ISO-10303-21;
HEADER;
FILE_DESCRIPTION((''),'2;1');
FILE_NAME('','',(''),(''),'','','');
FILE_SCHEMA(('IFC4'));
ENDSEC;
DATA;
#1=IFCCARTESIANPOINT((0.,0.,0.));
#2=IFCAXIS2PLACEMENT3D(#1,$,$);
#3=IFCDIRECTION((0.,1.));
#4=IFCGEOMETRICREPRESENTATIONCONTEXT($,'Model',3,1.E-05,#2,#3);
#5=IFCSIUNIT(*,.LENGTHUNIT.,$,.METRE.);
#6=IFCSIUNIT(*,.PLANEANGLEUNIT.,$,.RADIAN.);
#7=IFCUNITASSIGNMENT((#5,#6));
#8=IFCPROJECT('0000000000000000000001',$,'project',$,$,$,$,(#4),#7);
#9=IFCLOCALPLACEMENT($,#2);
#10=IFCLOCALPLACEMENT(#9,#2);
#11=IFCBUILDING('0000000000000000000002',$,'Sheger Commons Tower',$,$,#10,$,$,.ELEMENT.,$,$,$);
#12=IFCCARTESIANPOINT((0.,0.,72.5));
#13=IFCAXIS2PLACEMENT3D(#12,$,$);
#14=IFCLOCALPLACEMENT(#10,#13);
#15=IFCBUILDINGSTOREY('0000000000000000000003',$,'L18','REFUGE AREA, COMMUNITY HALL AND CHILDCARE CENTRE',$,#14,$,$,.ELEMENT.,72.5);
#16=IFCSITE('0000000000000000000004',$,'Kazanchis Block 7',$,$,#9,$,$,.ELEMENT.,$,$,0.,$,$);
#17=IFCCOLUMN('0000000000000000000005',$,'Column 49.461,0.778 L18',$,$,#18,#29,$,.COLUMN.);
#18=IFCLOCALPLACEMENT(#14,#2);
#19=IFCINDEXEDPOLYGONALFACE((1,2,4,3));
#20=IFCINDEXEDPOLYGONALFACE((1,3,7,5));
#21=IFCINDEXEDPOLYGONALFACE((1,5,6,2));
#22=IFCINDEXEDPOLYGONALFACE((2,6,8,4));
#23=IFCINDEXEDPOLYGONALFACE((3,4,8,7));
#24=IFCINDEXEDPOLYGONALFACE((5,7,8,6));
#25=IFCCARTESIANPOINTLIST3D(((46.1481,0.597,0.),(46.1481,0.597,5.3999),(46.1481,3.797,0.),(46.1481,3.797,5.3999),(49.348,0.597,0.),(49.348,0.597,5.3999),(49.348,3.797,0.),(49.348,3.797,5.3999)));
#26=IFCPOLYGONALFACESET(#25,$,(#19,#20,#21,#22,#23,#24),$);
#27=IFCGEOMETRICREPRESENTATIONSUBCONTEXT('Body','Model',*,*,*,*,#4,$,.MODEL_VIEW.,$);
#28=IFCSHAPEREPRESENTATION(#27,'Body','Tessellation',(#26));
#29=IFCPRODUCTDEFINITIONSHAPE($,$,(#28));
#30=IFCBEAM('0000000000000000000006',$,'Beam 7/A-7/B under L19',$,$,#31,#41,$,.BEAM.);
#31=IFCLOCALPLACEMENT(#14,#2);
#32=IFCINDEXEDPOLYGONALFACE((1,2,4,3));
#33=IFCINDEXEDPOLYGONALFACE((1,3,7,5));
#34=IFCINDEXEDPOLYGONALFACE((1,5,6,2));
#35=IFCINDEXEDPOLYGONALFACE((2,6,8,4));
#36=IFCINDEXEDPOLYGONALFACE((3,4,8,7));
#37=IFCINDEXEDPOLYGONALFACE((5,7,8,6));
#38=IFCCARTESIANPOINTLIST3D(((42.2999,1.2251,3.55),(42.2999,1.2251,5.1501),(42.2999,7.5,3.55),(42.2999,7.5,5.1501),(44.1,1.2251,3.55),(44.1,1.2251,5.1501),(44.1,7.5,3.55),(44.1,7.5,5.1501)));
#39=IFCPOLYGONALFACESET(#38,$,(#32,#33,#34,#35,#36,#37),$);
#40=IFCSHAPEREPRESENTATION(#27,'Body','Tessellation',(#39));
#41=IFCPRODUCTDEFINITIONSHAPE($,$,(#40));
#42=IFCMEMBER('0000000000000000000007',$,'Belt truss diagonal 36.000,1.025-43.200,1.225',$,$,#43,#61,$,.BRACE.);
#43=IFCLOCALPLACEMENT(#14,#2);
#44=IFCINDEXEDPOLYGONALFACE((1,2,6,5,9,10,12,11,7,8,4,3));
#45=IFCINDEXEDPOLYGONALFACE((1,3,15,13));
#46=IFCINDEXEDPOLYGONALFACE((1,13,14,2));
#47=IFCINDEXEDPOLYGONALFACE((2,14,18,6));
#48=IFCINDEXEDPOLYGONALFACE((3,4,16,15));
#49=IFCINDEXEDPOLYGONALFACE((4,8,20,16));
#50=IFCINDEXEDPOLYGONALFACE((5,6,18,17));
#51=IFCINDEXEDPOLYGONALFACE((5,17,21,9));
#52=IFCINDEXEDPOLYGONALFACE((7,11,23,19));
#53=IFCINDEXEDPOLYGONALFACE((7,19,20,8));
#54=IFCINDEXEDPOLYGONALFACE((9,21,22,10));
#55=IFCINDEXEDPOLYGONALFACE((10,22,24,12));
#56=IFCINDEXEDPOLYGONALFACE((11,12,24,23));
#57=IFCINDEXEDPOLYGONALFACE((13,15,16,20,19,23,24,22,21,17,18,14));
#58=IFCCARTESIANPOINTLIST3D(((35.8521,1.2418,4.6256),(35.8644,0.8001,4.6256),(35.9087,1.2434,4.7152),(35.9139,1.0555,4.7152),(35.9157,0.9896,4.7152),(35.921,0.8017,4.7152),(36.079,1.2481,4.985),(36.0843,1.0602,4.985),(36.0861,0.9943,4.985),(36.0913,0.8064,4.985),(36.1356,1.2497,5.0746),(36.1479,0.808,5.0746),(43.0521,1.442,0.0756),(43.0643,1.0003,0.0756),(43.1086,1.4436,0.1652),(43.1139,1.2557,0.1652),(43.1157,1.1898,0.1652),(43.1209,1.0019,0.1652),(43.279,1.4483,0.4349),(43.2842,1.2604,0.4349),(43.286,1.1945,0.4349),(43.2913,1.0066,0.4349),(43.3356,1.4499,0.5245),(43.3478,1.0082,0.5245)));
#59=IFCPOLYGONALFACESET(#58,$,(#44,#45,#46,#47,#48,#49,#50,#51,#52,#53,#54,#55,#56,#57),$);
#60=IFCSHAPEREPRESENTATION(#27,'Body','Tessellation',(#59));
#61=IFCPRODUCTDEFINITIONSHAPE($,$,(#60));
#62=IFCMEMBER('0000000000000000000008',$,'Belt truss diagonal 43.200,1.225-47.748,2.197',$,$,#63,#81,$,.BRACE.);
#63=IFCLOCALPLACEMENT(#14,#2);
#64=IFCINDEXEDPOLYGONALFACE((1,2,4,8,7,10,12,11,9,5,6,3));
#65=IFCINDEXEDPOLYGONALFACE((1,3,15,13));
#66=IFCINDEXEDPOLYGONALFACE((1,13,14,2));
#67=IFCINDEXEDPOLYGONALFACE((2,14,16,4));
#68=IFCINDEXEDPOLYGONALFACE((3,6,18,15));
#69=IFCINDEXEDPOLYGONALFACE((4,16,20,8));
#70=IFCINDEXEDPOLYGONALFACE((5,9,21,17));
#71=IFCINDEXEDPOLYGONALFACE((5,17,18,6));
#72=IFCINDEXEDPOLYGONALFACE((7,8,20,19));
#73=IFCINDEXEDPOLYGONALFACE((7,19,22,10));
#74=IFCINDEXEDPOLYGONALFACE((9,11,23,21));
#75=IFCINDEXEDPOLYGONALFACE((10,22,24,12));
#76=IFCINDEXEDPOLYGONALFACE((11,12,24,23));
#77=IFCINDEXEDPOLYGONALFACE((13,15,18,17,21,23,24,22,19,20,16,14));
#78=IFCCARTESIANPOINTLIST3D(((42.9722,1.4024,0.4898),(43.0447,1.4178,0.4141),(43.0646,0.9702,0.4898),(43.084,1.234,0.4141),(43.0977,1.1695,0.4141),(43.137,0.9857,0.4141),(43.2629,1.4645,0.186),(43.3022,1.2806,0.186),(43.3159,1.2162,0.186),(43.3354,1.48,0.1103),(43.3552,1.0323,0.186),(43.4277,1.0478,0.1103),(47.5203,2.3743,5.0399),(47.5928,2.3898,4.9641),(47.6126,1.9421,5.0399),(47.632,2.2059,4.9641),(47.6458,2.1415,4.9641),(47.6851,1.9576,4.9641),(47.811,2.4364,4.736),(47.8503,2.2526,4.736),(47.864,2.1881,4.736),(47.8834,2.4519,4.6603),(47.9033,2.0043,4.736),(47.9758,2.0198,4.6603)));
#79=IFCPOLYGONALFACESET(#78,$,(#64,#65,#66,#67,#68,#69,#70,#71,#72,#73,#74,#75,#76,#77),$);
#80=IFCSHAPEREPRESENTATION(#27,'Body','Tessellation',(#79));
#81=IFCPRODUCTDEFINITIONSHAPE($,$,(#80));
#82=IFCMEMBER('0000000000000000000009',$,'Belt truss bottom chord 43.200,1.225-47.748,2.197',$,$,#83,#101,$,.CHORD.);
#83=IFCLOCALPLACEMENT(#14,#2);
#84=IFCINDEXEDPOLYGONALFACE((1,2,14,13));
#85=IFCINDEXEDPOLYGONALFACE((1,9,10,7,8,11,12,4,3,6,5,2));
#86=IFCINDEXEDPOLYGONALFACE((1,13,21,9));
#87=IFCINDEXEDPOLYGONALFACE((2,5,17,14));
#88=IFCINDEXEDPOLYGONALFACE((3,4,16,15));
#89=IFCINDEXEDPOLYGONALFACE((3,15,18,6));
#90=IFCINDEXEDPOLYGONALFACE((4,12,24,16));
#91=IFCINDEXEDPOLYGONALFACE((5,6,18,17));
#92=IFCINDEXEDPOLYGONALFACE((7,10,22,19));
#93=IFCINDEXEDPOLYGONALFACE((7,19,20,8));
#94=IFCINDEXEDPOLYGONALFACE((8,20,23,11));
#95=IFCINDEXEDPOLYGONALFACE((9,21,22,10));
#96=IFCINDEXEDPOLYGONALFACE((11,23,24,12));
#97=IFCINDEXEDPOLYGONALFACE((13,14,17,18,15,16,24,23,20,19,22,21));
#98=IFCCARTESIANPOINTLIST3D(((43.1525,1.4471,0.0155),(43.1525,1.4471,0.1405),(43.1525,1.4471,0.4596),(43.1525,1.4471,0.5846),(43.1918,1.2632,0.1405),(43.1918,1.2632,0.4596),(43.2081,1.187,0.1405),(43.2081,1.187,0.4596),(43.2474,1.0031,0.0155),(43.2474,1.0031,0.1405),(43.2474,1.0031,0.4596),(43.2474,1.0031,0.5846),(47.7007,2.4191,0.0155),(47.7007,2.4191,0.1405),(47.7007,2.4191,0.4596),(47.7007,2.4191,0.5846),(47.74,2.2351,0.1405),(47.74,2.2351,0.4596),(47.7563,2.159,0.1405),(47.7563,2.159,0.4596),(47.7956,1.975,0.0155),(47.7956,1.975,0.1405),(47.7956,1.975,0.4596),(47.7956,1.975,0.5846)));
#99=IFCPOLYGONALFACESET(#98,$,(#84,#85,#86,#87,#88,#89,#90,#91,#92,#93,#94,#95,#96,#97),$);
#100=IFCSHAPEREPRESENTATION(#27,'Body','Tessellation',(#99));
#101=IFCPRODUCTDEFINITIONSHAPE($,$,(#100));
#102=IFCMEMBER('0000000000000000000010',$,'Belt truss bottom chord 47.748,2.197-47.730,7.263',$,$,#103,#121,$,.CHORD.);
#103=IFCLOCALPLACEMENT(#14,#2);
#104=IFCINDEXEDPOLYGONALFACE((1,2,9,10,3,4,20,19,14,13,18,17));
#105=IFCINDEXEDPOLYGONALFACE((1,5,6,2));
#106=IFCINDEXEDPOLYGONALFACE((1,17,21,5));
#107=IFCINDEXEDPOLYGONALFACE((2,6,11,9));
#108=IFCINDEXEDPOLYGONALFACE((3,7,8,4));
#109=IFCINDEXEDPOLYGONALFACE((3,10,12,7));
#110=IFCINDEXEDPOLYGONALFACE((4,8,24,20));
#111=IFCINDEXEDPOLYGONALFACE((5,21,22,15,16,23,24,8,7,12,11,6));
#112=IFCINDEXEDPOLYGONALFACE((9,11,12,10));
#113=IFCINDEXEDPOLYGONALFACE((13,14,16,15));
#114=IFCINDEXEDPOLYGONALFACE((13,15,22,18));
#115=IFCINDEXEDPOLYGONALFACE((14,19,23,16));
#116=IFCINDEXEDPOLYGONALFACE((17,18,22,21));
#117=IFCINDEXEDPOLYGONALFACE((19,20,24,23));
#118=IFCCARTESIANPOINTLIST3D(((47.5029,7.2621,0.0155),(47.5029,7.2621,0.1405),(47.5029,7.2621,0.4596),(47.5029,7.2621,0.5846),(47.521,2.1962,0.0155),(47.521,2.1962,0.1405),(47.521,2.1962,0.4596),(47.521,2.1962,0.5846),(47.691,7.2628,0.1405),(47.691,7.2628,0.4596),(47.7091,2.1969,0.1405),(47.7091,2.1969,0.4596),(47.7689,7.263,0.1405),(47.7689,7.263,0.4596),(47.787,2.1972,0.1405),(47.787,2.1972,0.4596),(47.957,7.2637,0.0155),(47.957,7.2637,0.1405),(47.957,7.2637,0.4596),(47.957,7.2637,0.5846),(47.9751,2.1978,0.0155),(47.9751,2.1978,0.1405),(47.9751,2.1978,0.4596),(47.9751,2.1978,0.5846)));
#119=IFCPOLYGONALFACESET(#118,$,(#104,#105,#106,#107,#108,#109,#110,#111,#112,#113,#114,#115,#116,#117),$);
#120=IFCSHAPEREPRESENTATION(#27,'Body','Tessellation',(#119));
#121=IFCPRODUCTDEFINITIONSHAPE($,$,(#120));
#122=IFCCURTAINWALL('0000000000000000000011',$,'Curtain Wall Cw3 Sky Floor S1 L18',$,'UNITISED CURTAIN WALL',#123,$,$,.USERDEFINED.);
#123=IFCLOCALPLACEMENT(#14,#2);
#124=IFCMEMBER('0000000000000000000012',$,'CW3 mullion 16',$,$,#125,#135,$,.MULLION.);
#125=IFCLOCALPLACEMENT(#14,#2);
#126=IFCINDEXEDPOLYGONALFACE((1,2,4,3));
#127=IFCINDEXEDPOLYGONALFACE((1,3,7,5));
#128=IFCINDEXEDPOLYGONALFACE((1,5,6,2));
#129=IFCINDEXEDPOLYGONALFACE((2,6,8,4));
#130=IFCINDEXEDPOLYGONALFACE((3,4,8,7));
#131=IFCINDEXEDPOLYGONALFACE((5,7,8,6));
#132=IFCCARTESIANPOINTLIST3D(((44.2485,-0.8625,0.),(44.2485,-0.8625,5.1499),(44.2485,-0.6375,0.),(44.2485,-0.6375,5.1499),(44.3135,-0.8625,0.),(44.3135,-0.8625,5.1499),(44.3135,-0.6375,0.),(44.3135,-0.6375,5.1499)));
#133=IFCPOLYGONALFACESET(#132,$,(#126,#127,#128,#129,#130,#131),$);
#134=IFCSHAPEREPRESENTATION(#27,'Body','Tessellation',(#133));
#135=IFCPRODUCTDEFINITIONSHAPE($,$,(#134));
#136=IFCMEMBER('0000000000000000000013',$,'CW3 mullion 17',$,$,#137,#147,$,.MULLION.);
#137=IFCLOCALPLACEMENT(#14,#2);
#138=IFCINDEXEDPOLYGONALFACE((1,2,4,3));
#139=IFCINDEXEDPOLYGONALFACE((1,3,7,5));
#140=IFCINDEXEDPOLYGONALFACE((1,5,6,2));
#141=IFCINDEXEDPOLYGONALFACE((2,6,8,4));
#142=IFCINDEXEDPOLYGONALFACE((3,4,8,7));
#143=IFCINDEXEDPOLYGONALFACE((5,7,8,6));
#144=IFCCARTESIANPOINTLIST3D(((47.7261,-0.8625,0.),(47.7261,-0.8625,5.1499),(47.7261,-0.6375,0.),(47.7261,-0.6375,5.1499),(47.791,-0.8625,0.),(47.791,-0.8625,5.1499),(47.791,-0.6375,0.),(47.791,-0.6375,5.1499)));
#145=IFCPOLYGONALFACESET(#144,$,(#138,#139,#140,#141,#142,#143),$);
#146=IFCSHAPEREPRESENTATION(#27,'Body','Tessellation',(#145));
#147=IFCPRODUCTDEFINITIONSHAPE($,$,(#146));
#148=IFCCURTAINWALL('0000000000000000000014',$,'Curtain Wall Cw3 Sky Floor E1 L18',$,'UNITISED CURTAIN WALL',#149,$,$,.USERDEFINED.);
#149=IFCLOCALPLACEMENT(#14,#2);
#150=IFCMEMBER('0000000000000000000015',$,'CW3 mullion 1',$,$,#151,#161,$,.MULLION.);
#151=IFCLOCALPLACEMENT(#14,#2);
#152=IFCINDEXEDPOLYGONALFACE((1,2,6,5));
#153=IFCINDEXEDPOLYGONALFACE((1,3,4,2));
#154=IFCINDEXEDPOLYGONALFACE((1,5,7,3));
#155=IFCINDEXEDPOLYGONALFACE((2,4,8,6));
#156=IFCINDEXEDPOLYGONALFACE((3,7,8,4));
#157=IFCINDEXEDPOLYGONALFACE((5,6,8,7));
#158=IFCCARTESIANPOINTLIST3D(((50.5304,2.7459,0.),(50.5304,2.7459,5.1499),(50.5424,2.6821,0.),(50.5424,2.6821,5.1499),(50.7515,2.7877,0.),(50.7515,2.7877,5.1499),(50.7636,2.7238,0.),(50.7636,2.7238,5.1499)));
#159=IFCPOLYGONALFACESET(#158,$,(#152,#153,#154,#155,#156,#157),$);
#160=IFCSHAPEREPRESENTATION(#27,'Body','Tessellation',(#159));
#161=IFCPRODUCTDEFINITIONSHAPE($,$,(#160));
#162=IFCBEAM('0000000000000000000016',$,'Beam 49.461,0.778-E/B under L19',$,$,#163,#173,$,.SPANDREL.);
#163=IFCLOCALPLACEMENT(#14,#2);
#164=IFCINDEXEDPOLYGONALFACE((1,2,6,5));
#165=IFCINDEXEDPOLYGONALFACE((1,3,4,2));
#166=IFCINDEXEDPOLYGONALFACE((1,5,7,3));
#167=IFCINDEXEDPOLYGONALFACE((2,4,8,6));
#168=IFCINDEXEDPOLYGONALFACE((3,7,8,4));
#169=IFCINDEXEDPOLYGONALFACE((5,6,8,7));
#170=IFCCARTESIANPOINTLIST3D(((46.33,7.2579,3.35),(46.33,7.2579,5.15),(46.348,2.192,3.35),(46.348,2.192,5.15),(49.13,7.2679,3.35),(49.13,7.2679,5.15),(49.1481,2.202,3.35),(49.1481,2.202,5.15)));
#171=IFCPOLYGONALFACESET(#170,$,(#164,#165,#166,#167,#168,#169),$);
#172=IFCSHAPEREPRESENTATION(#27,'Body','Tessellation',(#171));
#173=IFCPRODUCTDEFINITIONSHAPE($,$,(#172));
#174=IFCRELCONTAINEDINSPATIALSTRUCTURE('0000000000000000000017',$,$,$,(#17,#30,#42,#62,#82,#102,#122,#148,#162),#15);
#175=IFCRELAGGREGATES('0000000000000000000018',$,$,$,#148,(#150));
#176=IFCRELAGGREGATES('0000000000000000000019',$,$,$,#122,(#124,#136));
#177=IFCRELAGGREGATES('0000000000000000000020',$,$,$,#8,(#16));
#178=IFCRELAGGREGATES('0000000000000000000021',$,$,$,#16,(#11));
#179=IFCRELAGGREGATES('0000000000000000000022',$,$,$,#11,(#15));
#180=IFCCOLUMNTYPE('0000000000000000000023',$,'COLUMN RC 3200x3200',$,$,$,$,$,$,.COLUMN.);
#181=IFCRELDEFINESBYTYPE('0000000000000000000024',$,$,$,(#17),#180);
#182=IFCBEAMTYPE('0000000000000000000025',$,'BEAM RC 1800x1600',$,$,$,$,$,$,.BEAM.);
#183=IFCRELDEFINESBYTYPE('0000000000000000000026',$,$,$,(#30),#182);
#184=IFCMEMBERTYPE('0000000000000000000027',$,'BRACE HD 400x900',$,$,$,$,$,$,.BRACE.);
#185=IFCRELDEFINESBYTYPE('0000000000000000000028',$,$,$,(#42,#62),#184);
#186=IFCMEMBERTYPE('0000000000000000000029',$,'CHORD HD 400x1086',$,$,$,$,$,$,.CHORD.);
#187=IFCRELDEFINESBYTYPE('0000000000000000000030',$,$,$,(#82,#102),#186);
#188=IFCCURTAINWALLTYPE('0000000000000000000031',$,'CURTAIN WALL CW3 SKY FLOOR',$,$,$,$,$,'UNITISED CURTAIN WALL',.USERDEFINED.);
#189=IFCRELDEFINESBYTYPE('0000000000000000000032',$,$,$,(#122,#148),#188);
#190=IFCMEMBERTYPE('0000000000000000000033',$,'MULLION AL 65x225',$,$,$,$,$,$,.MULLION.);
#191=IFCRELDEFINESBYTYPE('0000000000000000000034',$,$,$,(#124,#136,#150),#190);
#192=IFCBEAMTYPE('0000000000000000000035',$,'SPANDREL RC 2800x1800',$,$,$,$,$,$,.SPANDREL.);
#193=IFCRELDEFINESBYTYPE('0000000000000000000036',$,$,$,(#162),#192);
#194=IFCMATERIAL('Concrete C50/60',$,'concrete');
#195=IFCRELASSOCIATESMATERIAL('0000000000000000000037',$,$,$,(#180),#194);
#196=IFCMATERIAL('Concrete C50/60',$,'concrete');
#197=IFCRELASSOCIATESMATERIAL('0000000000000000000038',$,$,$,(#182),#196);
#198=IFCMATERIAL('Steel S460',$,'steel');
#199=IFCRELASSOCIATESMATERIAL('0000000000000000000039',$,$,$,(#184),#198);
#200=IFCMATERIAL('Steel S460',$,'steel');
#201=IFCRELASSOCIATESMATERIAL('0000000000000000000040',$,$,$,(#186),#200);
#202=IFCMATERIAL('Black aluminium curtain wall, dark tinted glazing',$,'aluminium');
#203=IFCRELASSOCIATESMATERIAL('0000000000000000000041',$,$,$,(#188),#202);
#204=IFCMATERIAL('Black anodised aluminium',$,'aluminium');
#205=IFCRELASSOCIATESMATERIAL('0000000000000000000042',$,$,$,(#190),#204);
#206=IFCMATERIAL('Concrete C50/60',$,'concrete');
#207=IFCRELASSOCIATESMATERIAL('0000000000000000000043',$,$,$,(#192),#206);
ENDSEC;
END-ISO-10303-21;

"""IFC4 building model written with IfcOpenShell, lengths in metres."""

from ifc_helpers import new_model, si_unit, direction, frame, origin, origin_2d, place, context, subcontext, project, spatial, rectangle, i_section, extrude, material, material_profile, profile_set, type_object, element, aggregate, save


model = new_model("IFC4")

# Units and contexts
model_context = context("Model", 3, precision=1e-05, world=origin(), true_north=direction((0.0, 1.0)))
body_context = subcontext(model_context, "Body", "Model", "MODEL_VIEW")
ifc_project = project(units=[si_unit("LENGTHUNIT", "METRE"), si_unit("PLANEANGLEUNIT", "RADIAN")], contexts=[model_context])

# Site, building, storey
site_placement = place(None, origin())
site = spatial("IfcSite", under=ifc_project, at=site_placement, Name="Kazanchis Block 7", CompositionType="ELEMENT", RefElevation=0.0)
building_placement = place(site_placement, origin())
building = spatial("IfcBuilding", under=site, at=building_placement, Name="Sheger Commons Tower", CompositionType="ELEMENT")
storey_placement = place(building_placement, frame((0.0, 0.0, 72.5)))
storey = spatial("IfcBuildingStorey", under=building, at=storey_placement, Name="L18", Description="REFUGE AREA, COMMUNITY HALL AND CHILDCARE CENTRE", CompositionType="ELEMENT", Elevation=72.5)

# Column
ifc_material_1 = material(Name="Concrete C50/60", Category="concrete")
ifc_material_profile_1 = material_profile(ifc_material_1, rectangle(XDim=3.2, YDim=3.2, at=origin_2d()), Name="RC 3200x3200")
ifc_profile_set_1 = profile_set([ifc_material_profile_1], Name="Concrete C50/60")
column_type = type_object("IfcColumnType", Name="COLUMN RC 3200x3200", PredefinedType="COLUMN", material=ifc_profile_set_1)
column_placement = place(storey_placement, frame((47.748, 2.197, 0.0), z_axis=(0.0, 0.0, 1.0), x_axis=(1.0, 0.0, 0.0)))
element("IfcColumn", 1, at=column_placement, inside=storey, type_object=column_type, Name="Column 49.461,0.778 L18", PredefinedType="COLUMN", context=body_context, shape_type="SweptSolid", body=[
    extrude(rectangle(XDim=3.2, YDim=3.2, at=origin_2d()), origin(), (0.0, 0.0, 1.0), 5.3999),
])

# Beam
ifc_material_2 = material(Name="Concrete C50/60", Category="concrete")
ifc_material_profile_2 = material_profile(ifc_material_2, rectangle(XDim=1.8, YDim=1.6001, at=origin_2d()), Name="RC 1800x1600")
ifc_profile_set_2 = profile_set([ifc_material_profile_2], Name="Concrete C50/60")
beam_type_1 = type_object("IfcBeamType", Name="BEAM RC 1800x1600", PredefinedType="BEAM", material=ifc_profile_set_2)
beam_1_placement = place(storey_placement, frame((43.2, 1.2251, 4.3501), z_axis=(0.0, 1.0, 0.0), x_axis=(-1.0, 0.0, 0.0)))
element("IfcBeam", 2, at=beam_1_placement, inside=storey, type_object=beam_type_1, Name="Beam 7/A-7/B under L19", PredefinedType="BEAM", context=body_context, shape_type="SweptSolid", body=[
    extrude(rectangle(XDim=1.8, YDim=1.6001, at=origin_2d()), origin(), (0.0, 0.0, 1.0), 6.2749),
])

# Members
ifc_material_3 = material(Name="Steel S460", Category="steel")
ifc_material_profile_3 = material_profile(ifc_material_3, i_section(OverallWidth=0.4419, OverallDepth=0.531, WebThickness=0.0659, FlangeThickness=0.106, at=origin_2d()), Name="HD 400x900")
ifc_profile_set_3 = profile_set([ifc_material_profile_3], Name="Steel S460")
member_type_1 = type_object("IfcMemberType", Name="BRACE HD 400x900", PredefinedType="BRACE", material=ifc_profile_set_3)
member_1_placement = place(storey_placement, frame((43.2, 1.2251, 0.3), z_axis=(-0.845112, -0.023498, 0.534073), x_axis=(0.027794, -0.999614, 0.0)))
element("IfcMember", 3, at=member_1_placement, inside=storey, type_object=member_type_1, Name="Belt truss diagonal 36.000,1.025-43.200,1.225", PredefinedType="BRACE", context=body_context, shape_type="SweptSolid", body=[
    extrude(i_section(OverallWidth=0.4419, OverallDepth=0.531, WebThickness=0.0659, FlangeThickness=0.106, at=origin_2d()), origin(), (0.0, 0.0, 1.0), 8.5195),
])
member_2_placement = place(storey_placement, frame((43.2, 1.2251, 0.3), z_axis=(0.699023, 0.149381, 0.699323), x_axis=(-0.208981, 0.97792, 0.0)))
element("IfcMember", 4, at=member_2_placement, inside=storey, type_object=member_type_1, Name="Belt truss diagonal 43.200,1.225-47.748,2.197", PredefinedType="BRACE", context=body_context, shape_type="SweptSolid", body=[
    extrude(i_section(OverallWidth=0.4419, OverallDepth=0.531, WebThickness=0.0659, FlangeThickness=0.106, at=origin_2d()), origin(), (0.0, 0.0, 1.0), 6.5063),
])
ifc_material_4 = material(Name="Steel S460", Category="steel")
ifc_material_profile_4 = material_profile(ifc_material_4, i_section(OverallWidth=0.4541, OverallDepth=0.5691, WebThickness=0.0779, FlangeThickness=0.125, at=origin_2d()), Name="HD 400x1086")
ifc_profile_set_4 = profile_set([ifc_material_profile_4], Name="Steel S460")
member_type_2 = type_object("IfcMemberType", Name="CHORD HD 400x1086", PredefinedType="CHORD", material=ifc_profile_set_4)
member_3_placement = place(storey_placement, frame((43.2, 1.2251, 0.3), z_axis=(0.97792, 0.208981, 0.0), x_axis=(-0.208981, 0.97792, 0.0)))
element("IfcMember", 5, at=member_3_placement, inside=storey, type_object=member_type_2, Name="Belt truss bottom chord 43.200,1.225-47.748,2.197", PredefinedType="CHORD", context=body_context, shape_type="SweptSolid", body=[
    extrude(i_section(OverallWidth=0.4541, OverallDepth=0.5691, WebThickness=0.0779, FlangeThickness=0.125, at=origin_2d()), origin(), (0.0, 0.0, 1.0), 4.6509),
])
member_4_placement = place(storey_placement, frame((47.748, 2.197, 0.3), z_axis=(-0.003566, 0.999994, 0.0), x_axis=(-0.999994, -0.003566, 0.0)))
element("IfcMember", 6, at=member_4_placement, inside=storey, type_object=member_type_2, Name="Belt truss bottom chord 47.748,2.197-47.730,7.263", PredefinedType="CHORD", context=body_context, shape_type="SweptSolid", body=[
    extrude(i_section(OverallWidth=0.4541, OverallDepth=0.5691, WebThickness=0.0779, FlangeThickness=0.125, at=origin_2d()), origin(), (0.0, 0.0, 1.0), 5.0659),
])

# Curtain wall, members
ifc_material_5 = material(Name="Black aluminium curtain wall, dark tinted glazing", Category="aluminium")
curtain_wall_type = type_object("IfcCurtainWallType", Name="CURTAIN WALL CW3 SKY FLOOR", ElementType="UNITISED CURTAIN WALL", PredefinedType="USERDEFINED", material=ifc_material_5)
curtain_wall_1_placement = place(storey_placement, origin())
curtain_wall_1 = element("IfcCurtainWall", 7, at=curtain_wall_1_placement, inside=storey, type_object=curtain_wall_type, Name="Curtain Wall Cw3 Sky Floor S1 L18", ObjectType="UNITISED CURTAIN WALL", PredefinedType="USERDEFINED")
ifc_material_6 = material(Name="Black anodised aluminium", Category="aluminium")
ifc_material_profile_5 = material_profile(ifc_material_6, rectangle(XDim=0.2251, YDim=0.0649, at=origin_2d()), Name="AL 65x225")
ifc_profile_set_5 = profile_set([ifc_material_profile_5], Name="Black anodised aluminium")
member_type_3 = type_object("IfcMemberType", Name="MULLION AL 65x225", PredefinedType="MULLION", material=ifc_profile_set_5)
member_5_placement = place(storey_placement, frame((44.281, -0.75, 0.0), z_axis=(0.0, 0.0, 1.0), x_axis=(0.0, 1.0, 0.0)))
member_5 = element("IfcMember", 8, at=member_5_placement, type_object=member_type_3, Name="CW3 mullion 16", PredefinedType="MULLION", context=body_context, shape_type="SweptSolid", body=[
    extrude(rectangle(XDim=0.2251, YDim=0.0649, at=origin_2d()), origin(), (0.0, 0.0, 1.0), 5.1499),
])
member_6_placement = place(storey_placement, frame((47.7585, -0.75, 0.0), z_axis=(0.0, 0.0, 1.0), x_axis=(0.0, 1.0, 0.0)))
member_6 = element("IfcMember", 9, at=member_6_placement, type_object=member_type_3, Name="CW3 mullion 17", PredefinedType="MULLION", context=body_context, shape_type="SweptSolid", body=[
    extrude(rectangle(XDim=0.2251, YDim=0.0649, at=origin_2d()), origin(), (0.0, 0.0, 1.0), 5.1499),
])

# Curtain wall, member
curtain_wall_2_placement = place(storey_placement, origin())
curtain_wall_2 = element("IfcCurtainWall", 10, at=curtain_wall_2_placement, inside=storey, type_object=curtain_wall_type, Name="Curtain Wall Cw3 Sky Floor E1 L18", ObjectType="UNITISED CURTAIN WALL", PredefinedType="USERDEFINED")
member_7_placement = place(storey_placement, frame((50.647, 2.7349, 0.0), z_axis=(0.0, 0.0, 1.0), x_axis=(-0.982624, -0.18561, 0.0)))
member_7 = element("IfcMember", 11, at=member_7_placement, type_object=member_type_3, Name="CW3 mullion 1", PredefinedType="MULLION", context=body_context, shape_type="SweptSolid", body=[
    extrude(rectangle(XDim=0.2251, YDim=0.0649, at=origin_2d()), origin(), (0.0, 0.0, 1.0), 5.1499),
])

# Beam
ifc_material_7 = material(Name="Concrete C50/60", Category="concrete")
ifc_material_profile_6 = material_profile(ifc_material_7, rectangle(XDim=2.8, YDim=1.8, at=origin_2d()), Name="RC 2800x1800")
ifc_profile_set_6 = profile_set([ifc_material_profile_6], Name="Concrete C50/60")
beam_type_2 = type_object("IfcBeamType", Name="SPANDREL RC 2800x1800", PredefinedType="SPANDREL", material=ifc_profile_set_6)
beam_2_placement = place(storey_placement, frame((47.748, 2.197, 4.25), z_axis=(-0.003566, 0.999994, 0.0), x_axis=(-0.999994, -0.003566, 0.0)))
element("IfcBeam", 12, at=beam_2_placement, inside=storey, type_object=beam_type_2, Name="Beam 49.461,0.778-E/B under L19", PredefinedType="SPANDREL", context=body_context, shape_type="SweptSolid", body=[
    extrude(rectangle(XDim=2.8, YDim=1.8, at=origin_2d()), origin(), (0.0, 0.0, 1.0), 5.0659),
])

aggregate(curtain_wall_2, [member_7])

aggregate(curtain_wall_1, [member_5, member_6])

save(model, "model.ifc")
